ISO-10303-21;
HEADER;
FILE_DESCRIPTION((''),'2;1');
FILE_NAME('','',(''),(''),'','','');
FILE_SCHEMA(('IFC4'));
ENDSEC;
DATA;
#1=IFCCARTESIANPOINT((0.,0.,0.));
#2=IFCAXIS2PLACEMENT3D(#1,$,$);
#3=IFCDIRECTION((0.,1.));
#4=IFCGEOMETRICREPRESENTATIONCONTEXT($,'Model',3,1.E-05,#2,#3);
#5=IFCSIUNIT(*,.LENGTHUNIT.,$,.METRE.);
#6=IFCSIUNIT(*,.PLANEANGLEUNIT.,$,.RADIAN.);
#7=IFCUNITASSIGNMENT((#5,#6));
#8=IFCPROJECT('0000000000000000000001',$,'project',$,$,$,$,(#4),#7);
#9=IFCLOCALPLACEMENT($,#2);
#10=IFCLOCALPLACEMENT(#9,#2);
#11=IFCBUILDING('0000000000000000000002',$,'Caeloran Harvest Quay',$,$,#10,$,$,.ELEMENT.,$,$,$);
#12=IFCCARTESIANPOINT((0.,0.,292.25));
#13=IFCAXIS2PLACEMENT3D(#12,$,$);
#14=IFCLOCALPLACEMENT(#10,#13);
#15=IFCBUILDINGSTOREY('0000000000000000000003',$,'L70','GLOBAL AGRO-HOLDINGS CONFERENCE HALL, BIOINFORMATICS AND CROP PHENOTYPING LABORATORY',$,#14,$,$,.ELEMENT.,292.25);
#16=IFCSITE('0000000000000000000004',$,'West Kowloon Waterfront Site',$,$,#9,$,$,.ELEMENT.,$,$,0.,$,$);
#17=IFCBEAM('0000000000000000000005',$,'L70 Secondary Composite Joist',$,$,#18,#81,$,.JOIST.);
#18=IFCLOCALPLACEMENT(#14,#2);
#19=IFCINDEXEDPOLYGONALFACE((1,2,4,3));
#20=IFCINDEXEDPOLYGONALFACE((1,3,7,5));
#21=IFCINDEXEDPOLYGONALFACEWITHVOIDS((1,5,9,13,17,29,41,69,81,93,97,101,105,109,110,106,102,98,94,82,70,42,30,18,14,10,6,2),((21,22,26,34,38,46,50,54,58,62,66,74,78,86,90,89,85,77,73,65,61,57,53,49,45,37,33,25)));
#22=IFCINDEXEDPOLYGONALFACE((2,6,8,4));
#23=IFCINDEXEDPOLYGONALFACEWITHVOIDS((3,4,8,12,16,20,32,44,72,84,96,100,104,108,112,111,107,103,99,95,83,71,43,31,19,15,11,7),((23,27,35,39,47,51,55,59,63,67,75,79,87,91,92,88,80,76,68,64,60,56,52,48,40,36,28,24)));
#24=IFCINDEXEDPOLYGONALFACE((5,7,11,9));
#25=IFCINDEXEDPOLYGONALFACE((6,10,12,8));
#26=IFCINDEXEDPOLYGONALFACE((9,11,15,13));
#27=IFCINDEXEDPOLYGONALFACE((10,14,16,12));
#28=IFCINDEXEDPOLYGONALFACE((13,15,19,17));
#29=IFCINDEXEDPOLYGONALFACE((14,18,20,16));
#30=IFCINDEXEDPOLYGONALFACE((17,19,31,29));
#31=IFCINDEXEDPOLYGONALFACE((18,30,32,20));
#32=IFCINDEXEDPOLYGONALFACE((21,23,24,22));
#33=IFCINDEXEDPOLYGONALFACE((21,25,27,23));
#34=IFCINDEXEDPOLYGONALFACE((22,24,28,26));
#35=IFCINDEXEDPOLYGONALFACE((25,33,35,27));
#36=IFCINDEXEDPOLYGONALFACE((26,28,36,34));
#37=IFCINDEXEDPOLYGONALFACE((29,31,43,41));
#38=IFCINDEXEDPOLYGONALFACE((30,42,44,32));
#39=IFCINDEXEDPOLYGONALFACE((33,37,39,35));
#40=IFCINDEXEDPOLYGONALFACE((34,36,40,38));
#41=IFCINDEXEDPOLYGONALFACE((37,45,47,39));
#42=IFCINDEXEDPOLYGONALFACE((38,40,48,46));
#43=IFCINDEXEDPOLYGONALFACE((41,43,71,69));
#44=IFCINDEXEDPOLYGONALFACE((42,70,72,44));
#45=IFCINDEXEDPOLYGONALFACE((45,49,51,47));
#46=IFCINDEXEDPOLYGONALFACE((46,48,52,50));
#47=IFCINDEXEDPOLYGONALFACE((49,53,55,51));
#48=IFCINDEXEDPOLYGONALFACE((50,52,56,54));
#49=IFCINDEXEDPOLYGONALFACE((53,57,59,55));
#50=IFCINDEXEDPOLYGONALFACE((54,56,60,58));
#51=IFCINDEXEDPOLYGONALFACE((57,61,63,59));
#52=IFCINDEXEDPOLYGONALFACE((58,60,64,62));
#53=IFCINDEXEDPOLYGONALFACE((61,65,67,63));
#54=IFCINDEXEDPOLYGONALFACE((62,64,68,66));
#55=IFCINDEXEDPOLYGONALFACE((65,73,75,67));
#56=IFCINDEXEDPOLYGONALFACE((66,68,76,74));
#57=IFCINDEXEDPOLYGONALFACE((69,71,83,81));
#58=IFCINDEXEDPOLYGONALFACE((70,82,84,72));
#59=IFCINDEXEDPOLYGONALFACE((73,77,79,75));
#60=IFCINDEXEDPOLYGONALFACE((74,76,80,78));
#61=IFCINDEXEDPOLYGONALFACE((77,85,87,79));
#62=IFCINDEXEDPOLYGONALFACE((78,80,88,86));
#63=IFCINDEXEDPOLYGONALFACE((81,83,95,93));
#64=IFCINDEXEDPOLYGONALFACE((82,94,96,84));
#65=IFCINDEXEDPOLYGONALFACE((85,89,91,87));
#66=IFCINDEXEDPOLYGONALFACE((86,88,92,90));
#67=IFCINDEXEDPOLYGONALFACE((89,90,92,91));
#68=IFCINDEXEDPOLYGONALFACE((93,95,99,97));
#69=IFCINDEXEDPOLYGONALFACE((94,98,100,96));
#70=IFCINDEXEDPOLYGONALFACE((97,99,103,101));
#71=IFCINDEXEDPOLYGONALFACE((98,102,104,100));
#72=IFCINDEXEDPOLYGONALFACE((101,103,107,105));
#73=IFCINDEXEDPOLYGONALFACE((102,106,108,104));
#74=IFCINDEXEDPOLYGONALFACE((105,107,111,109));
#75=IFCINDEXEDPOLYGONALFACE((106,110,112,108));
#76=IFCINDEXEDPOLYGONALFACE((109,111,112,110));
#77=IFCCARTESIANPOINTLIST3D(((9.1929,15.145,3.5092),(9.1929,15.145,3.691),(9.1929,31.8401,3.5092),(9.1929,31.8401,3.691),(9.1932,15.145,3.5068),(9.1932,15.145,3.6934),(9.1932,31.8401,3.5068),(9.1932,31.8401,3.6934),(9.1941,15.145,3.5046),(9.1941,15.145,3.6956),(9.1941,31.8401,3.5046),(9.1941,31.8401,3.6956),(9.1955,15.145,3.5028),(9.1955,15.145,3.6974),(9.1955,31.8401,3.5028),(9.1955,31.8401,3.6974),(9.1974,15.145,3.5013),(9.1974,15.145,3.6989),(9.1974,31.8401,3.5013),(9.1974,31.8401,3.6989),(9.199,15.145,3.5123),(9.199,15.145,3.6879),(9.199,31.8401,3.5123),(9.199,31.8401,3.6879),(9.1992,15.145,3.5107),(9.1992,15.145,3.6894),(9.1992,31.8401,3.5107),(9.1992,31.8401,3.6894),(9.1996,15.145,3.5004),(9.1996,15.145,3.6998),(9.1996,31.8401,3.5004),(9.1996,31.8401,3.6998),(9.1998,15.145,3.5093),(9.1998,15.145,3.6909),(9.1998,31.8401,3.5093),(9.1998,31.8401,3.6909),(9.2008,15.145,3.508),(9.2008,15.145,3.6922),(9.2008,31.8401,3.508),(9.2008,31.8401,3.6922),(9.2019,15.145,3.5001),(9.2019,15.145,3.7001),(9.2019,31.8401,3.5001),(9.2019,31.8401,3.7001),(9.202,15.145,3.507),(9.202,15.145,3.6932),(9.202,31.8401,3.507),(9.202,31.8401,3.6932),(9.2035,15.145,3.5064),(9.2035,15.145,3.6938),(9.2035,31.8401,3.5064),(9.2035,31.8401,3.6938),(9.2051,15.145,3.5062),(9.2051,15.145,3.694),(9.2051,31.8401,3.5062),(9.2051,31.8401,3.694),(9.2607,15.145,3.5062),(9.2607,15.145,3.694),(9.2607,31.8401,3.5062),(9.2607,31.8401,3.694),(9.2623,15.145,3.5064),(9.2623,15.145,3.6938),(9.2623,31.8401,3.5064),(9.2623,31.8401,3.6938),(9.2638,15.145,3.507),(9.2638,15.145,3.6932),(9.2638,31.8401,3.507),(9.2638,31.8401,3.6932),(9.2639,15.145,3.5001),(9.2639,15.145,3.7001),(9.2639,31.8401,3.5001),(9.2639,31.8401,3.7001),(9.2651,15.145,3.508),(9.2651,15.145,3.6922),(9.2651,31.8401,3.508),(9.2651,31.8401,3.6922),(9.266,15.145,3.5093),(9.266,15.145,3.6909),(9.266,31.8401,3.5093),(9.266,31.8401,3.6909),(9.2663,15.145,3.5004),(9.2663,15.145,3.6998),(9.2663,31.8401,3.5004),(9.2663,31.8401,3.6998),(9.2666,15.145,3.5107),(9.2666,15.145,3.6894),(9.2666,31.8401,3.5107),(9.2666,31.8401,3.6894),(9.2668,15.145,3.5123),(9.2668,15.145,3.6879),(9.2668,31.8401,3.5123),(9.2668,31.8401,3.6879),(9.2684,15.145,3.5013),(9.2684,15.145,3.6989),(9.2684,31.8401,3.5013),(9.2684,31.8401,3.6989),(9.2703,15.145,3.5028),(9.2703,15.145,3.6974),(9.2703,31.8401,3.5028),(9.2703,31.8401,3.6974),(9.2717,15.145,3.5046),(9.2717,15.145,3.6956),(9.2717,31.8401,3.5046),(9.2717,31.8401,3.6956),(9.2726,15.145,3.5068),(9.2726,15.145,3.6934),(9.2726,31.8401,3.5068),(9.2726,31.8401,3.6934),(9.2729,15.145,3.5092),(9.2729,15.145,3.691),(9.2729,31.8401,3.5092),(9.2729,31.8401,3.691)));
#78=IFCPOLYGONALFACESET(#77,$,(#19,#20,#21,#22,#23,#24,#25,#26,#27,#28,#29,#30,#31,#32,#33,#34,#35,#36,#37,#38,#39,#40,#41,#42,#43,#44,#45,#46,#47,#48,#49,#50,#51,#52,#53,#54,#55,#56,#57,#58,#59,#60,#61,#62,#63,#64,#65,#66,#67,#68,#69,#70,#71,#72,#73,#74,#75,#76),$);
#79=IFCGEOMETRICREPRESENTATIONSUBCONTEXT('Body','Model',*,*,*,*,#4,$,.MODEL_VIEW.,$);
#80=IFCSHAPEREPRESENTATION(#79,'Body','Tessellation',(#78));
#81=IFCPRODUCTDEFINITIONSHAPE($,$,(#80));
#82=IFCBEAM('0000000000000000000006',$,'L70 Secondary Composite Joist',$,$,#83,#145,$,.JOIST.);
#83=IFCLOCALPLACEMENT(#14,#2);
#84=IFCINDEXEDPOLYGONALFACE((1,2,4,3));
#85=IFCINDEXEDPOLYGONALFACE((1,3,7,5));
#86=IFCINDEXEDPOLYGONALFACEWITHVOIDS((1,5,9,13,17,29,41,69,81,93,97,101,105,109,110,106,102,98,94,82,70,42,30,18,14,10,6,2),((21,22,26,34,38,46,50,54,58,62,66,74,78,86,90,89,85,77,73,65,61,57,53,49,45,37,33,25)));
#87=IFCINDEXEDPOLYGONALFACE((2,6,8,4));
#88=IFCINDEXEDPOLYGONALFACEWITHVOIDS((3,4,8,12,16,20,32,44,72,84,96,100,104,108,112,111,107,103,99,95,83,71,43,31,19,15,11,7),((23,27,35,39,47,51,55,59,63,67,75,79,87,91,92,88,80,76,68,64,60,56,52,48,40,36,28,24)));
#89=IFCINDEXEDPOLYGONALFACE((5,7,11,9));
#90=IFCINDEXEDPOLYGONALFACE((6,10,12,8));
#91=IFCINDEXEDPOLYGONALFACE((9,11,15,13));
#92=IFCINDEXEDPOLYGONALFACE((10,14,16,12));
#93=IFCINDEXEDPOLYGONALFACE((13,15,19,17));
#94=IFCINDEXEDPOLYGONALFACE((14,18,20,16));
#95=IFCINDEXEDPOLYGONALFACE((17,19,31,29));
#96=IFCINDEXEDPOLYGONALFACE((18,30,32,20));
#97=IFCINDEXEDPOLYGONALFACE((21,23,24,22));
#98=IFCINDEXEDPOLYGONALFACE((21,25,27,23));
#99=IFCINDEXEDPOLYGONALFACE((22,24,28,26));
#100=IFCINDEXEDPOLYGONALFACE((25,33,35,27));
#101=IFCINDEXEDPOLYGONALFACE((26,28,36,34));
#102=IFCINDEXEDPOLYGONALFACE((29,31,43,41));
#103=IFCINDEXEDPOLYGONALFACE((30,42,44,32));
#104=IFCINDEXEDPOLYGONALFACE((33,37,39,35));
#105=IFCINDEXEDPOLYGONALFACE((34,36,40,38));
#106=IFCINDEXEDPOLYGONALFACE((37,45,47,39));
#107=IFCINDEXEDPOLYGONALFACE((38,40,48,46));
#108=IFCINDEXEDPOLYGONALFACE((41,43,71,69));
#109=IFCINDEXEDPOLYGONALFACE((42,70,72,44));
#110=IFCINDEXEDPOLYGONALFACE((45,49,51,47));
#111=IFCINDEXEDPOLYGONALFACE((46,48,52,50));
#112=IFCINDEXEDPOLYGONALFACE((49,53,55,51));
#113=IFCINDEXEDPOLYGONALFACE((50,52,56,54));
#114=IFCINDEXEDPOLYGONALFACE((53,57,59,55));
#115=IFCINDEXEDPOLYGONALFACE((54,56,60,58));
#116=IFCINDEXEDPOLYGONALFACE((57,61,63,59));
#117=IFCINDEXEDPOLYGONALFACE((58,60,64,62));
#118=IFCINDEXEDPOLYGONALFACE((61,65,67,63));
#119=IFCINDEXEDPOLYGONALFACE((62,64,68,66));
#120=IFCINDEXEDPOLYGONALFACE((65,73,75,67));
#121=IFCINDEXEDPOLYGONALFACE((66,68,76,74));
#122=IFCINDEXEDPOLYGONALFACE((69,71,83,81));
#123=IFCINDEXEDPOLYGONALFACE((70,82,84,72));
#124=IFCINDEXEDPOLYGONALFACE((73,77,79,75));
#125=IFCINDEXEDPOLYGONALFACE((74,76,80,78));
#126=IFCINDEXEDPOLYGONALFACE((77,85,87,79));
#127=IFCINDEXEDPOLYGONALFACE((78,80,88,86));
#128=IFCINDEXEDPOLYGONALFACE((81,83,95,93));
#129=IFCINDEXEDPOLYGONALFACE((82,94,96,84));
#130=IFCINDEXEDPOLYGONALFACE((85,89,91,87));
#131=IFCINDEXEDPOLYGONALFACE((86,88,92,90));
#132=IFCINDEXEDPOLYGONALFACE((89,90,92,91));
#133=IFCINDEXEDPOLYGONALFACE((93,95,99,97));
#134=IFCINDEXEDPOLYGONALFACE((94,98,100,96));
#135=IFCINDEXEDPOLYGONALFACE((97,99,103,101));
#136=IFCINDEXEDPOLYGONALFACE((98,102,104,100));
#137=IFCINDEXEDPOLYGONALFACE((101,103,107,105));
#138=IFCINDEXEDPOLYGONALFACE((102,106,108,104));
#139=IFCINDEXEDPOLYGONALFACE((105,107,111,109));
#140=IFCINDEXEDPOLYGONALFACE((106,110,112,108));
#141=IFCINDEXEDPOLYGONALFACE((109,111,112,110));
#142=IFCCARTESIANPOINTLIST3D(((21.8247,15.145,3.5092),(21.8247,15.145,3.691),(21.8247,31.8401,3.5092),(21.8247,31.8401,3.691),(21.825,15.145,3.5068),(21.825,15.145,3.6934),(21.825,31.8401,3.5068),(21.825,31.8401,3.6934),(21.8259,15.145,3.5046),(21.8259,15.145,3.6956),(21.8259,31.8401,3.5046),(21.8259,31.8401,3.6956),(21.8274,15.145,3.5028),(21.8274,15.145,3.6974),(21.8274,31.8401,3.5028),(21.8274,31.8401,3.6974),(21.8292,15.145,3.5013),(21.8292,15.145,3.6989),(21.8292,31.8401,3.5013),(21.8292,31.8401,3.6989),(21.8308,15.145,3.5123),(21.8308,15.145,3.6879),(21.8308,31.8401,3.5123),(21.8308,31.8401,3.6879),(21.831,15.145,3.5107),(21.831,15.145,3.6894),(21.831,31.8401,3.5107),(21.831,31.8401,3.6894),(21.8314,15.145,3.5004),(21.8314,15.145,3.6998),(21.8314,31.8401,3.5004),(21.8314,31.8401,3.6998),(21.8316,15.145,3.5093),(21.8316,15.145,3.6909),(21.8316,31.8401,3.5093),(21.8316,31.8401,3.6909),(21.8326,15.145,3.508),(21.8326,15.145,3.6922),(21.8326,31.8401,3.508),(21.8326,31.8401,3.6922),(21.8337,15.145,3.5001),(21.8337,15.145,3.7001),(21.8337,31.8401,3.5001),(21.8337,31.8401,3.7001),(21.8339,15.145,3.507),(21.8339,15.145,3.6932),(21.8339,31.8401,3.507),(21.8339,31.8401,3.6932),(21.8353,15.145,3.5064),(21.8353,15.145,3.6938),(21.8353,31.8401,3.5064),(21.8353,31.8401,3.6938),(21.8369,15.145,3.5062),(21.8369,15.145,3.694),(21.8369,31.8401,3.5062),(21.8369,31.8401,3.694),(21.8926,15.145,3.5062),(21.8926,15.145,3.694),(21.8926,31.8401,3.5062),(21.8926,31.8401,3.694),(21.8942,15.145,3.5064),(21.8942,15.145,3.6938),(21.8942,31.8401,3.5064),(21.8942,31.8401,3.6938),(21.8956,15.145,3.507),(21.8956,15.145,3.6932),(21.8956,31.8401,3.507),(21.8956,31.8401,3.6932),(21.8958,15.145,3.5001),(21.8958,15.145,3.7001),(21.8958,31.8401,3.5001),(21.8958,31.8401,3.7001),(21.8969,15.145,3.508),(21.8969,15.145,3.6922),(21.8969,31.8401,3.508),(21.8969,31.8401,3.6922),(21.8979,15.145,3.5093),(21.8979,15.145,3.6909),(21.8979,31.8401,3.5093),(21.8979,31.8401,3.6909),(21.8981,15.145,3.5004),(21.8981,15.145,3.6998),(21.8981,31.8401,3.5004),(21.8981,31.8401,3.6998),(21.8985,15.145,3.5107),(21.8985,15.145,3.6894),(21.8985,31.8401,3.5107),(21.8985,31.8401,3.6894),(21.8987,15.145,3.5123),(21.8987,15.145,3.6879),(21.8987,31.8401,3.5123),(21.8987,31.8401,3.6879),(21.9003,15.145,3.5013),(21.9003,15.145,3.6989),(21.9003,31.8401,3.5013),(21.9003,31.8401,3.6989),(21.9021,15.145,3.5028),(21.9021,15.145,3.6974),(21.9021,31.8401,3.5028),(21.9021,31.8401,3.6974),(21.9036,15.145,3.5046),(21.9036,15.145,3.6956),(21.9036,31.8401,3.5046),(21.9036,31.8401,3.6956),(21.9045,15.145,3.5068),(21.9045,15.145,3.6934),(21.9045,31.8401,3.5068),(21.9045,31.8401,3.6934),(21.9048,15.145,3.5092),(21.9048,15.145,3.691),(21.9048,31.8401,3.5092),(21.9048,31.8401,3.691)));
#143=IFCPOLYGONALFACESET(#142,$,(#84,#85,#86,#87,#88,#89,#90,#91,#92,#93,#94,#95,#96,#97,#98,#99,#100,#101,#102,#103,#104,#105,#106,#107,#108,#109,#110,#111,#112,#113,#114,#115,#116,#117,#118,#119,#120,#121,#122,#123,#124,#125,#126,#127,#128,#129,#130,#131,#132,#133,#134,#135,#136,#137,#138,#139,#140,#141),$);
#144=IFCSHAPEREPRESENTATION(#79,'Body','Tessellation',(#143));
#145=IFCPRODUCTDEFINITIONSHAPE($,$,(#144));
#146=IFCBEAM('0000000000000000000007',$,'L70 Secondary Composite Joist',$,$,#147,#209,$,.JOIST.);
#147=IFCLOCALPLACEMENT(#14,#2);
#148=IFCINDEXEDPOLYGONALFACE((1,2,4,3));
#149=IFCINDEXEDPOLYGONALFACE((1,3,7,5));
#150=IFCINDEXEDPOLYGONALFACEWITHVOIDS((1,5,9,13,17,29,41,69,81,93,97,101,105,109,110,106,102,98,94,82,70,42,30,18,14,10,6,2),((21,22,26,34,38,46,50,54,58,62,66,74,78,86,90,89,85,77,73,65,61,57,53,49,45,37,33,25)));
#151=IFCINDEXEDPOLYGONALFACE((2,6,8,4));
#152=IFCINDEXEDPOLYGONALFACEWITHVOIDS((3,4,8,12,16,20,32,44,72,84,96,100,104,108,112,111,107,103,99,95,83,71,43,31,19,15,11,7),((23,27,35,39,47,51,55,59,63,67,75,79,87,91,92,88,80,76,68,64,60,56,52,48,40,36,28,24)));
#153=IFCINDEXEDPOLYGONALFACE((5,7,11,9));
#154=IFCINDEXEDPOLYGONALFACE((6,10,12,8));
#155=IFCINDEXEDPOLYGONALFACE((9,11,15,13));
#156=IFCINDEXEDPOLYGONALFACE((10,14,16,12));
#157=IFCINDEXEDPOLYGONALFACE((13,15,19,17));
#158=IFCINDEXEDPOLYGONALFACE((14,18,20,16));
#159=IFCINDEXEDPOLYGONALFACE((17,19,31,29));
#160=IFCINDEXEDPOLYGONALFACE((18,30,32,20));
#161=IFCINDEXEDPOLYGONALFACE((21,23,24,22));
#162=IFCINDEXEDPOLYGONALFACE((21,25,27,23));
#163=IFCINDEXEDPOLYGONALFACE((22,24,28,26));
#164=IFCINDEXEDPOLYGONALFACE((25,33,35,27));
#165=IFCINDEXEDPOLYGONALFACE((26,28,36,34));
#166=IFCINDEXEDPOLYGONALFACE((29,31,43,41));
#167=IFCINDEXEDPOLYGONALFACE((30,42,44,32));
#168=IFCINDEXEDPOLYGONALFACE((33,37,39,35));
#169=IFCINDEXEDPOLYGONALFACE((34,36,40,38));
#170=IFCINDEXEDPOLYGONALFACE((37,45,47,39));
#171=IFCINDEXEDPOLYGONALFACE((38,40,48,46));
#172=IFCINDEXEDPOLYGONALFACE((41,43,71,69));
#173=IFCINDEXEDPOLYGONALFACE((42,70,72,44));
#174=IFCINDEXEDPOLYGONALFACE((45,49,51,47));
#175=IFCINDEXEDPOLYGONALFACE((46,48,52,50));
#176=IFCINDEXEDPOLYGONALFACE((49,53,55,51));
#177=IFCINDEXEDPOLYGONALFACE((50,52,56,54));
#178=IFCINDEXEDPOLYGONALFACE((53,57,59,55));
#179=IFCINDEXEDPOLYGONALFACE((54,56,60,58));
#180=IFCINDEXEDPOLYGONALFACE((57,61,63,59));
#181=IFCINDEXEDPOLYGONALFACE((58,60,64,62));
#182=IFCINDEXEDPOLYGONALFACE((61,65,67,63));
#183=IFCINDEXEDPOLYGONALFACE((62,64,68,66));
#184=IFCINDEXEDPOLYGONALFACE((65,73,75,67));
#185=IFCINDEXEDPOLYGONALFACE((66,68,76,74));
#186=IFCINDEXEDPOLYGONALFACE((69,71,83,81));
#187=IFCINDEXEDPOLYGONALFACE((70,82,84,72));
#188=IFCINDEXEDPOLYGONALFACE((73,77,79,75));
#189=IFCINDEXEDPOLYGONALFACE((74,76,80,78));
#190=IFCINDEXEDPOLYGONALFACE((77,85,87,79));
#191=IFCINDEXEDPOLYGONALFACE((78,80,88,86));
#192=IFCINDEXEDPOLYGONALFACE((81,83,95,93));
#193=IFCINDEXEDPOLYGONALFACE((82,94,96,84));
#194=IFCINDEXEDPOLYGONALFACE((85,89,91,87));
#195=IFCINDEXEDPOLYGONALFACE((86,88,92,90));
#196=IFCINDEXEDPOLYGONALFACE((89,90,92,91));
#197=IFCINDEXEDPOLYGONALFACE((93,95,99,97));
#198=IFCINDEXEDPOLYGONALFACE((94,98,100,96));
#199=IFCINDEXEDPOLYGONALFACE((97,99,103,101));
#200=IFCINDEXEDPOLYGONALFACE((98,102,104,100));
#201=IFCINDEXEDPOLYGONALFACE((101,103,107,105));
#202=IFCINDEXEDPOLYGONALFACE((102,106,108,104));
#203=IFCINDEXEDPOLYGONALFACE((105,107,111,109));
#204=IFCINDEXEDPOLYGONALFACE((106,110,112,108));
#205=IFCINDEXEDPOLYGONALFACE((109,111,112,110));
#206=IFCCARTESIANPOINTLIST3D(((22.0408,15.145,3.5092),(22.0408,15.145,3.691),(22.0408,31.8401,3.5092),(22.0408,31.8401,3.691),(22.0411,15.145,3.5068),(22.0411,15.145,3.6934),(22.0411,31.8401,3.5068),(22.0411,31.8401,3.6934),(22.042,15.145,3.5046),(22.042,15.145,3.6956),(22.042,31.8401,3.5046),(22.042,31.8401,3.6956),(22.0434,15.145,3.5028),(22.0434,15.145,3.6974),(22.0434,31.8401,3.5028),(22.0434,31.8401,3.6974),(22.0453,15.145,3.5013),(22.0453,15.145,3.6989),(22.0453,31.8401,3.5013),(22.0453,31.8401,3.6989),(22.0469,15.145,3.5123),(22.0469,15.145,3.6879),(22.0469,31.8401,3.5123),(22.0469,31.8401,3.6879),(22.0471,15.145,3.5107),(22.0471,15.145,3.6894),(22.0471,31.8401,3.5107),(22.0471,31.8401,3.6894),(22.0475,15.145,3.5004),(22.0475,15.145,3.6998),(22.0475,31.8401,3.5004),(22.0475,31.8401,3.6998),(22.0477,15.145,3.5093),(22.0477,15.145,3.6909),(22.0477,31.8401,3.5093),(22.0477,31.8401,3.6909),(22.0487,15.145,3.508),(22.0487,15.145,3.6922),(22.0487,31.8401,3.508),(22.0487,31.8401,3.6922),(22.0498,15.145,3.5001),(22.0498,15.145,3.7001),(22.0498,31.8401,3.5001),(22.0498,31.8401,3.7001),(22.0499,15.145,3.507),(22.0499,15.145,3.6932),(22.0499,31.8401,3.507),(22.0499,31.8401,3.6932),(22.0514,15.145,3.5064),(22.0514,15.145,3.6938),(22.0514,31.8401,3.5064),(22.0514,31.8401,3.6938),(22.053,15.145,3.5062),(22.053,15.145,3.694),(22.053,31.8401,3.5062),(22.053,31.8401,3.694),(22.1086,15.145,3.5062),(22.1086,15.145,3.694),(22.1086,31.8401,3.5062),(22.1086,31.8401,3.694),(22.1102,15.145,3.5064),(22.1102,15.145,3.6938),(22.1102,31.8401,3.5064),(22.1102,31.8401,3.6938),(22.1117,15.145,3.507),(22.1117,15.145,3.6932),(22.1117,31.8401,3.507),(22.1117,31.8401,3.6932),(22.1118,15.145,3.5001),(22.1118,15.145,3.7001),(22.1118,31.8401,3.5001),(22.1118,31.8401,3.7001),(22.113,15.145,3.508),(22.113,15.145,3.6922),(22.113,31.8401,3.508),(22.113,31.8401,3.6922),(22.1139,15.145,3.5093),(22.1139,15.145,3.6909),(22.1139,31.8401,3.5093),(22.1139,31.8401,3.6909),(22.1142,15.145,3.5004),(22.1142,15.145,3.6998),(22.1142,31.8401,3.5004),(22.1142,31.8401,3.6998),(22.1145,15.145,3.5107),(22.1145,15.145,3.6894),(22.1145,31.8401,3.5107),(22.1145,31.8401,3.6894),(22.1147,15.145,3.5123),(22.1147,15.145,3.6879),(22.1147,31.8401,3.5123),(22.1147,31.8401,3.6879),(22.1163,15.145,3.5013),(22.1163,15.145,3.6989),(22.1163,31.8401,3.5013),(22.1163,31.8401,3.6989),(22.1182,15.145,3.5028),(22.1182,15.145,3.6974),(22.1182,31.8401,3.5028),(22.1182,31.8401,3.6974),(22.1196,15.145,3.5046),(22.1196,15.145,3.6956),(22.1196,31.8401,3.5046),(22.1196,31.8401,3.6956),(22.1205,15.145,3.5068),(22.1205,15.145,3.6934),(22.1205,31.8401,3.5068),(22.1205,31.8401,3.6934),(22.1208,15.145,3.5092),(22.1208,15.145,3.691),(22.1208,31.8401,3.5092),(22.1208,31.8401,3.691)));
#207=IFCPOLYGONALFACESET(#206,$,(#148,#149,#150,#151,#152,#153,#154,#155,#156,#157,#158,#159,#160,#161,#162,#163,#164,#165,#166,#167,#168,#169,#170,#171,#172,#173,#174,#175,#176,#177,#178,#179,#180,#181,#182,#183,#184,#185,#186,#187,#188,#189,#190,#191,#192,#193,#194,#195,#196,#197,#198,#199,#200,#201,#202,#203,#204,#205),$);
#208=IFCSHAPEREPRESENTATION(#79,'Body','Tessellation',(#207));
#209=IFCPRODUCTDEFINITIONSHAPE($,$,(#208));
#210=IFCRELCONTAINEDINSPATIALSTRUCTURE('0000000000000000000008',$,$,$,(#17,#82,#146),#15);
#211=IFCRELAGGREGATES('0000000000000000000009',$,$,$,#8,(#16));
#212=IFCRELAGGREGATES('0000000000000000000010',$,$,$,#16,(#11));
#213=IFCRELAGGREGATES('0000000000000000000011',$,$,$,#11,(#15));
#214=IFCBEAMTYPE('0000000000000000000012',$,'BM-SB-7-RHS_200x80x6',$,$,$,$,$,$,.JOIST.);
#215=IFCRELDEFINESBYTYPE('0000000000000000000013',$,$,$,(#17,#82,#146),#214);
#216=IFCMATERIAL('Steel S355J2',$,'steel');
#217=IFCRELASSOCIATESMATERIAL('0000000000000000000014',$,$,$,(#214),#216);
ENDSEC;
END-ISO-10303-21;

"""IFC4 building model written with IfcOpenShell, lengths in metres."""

from ifc_helpers import new_model, si_unit, direction, frame, origin, origin_2d, place, context, subcontext, project, spatial, hollow_rectangle, extrude, material, material_profile, profile_set, type_object, element, save


model = new_model("IFC4")

# Units and contexts
model_context = context("Model", 3, precision=1e-05, world=origin(), true_north=direction((0.0, 1.0)))
body_context = subcontext(model_context, "Body", "Model", "MODEL_VIEW")
ifc_project = project(units=[si_unit("LENGTHUNIT", "METRE"), si_unit("PLANEANGLEUNIT", "RADIAN")], contexts=[model_context])

# Site, building, storey
site_placement = place(None, origin())
site = spatial("IfcSite", under=ifc_project, at=site_placement, Name="West Kowloon Waterfront Site", CompositionType="ELEMENT", RefElevation=0.0)
building_placement = place(site_placement, origin())
building = spatial("IfcBuilding", under=site, at=building_placement, Name="Caeloran Harvest Quay", CompositionType="ELEMENT")
storey_placement = place(building_placement, frame((0.0, 0.0, 292.25)))
storey = spatial("IfcBuildingStorey", under=building, at=storey_placement, Name="L70", Description="GLOBAL AGRO-HOLDINGS CONFERENCE HALL, BIOINFORMATICS AND CROP PHENOTYPING LABORATORY", CompositionType="ELEMENT", Elevation=292.25)

# Beams
ifc_material_1 = material(Name="Steel S355J2", Category="steel")
ifc_material_profile_1 = material_profile(ifc_material_1, hollow_rectangle(XDim=0.0801, YDim=0.2, WallThickness=0.0061, InnerFilletRadius=0.0061, OuterFilletRadius=0.009, at=origin_2d()), Name="RHS 200x80x6")
ifc_profile_set_1 = profile_set([ifc_material_profile_1], Name="Steel S355J2")
beam_type_1 = type_object("IfcBeamType", Name="BM-SB-7-RHS_200x80x6", PredefinedType="JOIST", material=ifc_profile_set_1)
for number, where, z_axis, x_axis, name in (
    (1, (9.2329, 15.145, 3.6001), (0.0, 1.0, 0.0), (-1.0, 0.0, 0.0), "L70 Secondary Composite Joist"),
    (2, (21.8647, 15.145, 3.6001), (0.0, 1.0, 0.0), (-1.0, 0.0, 0.0), "L70 Secondary Composite Joist"),
    (3, (22.0808, 15.145, 3.6001), (0.0, 1.0, 0.0), (-1.0, 0.0, 0.0), "L70 Secondary Composite Joist"),
):
    element("IfcBeam", number, at=place(storey_placement, frame(where, z_axis=z_axis, x_axis=x_axis)), inside=storey, type_object=beam_type_1, Name=name, PredefinedType="JOIST", context=body_context, shape_type="SweptSolid", body=[
        extrude(hollow_rectangle(XDim=0.0801, YDim=0.2, WallThickness=0.0061, InnerFilletRadius=0.0061, OuterFilletRadius=0.009, at=origin_2d()), origin(), (0.0, 0.0, 1.0), 16.6951),
    ])

save(model, "model.ifc")
